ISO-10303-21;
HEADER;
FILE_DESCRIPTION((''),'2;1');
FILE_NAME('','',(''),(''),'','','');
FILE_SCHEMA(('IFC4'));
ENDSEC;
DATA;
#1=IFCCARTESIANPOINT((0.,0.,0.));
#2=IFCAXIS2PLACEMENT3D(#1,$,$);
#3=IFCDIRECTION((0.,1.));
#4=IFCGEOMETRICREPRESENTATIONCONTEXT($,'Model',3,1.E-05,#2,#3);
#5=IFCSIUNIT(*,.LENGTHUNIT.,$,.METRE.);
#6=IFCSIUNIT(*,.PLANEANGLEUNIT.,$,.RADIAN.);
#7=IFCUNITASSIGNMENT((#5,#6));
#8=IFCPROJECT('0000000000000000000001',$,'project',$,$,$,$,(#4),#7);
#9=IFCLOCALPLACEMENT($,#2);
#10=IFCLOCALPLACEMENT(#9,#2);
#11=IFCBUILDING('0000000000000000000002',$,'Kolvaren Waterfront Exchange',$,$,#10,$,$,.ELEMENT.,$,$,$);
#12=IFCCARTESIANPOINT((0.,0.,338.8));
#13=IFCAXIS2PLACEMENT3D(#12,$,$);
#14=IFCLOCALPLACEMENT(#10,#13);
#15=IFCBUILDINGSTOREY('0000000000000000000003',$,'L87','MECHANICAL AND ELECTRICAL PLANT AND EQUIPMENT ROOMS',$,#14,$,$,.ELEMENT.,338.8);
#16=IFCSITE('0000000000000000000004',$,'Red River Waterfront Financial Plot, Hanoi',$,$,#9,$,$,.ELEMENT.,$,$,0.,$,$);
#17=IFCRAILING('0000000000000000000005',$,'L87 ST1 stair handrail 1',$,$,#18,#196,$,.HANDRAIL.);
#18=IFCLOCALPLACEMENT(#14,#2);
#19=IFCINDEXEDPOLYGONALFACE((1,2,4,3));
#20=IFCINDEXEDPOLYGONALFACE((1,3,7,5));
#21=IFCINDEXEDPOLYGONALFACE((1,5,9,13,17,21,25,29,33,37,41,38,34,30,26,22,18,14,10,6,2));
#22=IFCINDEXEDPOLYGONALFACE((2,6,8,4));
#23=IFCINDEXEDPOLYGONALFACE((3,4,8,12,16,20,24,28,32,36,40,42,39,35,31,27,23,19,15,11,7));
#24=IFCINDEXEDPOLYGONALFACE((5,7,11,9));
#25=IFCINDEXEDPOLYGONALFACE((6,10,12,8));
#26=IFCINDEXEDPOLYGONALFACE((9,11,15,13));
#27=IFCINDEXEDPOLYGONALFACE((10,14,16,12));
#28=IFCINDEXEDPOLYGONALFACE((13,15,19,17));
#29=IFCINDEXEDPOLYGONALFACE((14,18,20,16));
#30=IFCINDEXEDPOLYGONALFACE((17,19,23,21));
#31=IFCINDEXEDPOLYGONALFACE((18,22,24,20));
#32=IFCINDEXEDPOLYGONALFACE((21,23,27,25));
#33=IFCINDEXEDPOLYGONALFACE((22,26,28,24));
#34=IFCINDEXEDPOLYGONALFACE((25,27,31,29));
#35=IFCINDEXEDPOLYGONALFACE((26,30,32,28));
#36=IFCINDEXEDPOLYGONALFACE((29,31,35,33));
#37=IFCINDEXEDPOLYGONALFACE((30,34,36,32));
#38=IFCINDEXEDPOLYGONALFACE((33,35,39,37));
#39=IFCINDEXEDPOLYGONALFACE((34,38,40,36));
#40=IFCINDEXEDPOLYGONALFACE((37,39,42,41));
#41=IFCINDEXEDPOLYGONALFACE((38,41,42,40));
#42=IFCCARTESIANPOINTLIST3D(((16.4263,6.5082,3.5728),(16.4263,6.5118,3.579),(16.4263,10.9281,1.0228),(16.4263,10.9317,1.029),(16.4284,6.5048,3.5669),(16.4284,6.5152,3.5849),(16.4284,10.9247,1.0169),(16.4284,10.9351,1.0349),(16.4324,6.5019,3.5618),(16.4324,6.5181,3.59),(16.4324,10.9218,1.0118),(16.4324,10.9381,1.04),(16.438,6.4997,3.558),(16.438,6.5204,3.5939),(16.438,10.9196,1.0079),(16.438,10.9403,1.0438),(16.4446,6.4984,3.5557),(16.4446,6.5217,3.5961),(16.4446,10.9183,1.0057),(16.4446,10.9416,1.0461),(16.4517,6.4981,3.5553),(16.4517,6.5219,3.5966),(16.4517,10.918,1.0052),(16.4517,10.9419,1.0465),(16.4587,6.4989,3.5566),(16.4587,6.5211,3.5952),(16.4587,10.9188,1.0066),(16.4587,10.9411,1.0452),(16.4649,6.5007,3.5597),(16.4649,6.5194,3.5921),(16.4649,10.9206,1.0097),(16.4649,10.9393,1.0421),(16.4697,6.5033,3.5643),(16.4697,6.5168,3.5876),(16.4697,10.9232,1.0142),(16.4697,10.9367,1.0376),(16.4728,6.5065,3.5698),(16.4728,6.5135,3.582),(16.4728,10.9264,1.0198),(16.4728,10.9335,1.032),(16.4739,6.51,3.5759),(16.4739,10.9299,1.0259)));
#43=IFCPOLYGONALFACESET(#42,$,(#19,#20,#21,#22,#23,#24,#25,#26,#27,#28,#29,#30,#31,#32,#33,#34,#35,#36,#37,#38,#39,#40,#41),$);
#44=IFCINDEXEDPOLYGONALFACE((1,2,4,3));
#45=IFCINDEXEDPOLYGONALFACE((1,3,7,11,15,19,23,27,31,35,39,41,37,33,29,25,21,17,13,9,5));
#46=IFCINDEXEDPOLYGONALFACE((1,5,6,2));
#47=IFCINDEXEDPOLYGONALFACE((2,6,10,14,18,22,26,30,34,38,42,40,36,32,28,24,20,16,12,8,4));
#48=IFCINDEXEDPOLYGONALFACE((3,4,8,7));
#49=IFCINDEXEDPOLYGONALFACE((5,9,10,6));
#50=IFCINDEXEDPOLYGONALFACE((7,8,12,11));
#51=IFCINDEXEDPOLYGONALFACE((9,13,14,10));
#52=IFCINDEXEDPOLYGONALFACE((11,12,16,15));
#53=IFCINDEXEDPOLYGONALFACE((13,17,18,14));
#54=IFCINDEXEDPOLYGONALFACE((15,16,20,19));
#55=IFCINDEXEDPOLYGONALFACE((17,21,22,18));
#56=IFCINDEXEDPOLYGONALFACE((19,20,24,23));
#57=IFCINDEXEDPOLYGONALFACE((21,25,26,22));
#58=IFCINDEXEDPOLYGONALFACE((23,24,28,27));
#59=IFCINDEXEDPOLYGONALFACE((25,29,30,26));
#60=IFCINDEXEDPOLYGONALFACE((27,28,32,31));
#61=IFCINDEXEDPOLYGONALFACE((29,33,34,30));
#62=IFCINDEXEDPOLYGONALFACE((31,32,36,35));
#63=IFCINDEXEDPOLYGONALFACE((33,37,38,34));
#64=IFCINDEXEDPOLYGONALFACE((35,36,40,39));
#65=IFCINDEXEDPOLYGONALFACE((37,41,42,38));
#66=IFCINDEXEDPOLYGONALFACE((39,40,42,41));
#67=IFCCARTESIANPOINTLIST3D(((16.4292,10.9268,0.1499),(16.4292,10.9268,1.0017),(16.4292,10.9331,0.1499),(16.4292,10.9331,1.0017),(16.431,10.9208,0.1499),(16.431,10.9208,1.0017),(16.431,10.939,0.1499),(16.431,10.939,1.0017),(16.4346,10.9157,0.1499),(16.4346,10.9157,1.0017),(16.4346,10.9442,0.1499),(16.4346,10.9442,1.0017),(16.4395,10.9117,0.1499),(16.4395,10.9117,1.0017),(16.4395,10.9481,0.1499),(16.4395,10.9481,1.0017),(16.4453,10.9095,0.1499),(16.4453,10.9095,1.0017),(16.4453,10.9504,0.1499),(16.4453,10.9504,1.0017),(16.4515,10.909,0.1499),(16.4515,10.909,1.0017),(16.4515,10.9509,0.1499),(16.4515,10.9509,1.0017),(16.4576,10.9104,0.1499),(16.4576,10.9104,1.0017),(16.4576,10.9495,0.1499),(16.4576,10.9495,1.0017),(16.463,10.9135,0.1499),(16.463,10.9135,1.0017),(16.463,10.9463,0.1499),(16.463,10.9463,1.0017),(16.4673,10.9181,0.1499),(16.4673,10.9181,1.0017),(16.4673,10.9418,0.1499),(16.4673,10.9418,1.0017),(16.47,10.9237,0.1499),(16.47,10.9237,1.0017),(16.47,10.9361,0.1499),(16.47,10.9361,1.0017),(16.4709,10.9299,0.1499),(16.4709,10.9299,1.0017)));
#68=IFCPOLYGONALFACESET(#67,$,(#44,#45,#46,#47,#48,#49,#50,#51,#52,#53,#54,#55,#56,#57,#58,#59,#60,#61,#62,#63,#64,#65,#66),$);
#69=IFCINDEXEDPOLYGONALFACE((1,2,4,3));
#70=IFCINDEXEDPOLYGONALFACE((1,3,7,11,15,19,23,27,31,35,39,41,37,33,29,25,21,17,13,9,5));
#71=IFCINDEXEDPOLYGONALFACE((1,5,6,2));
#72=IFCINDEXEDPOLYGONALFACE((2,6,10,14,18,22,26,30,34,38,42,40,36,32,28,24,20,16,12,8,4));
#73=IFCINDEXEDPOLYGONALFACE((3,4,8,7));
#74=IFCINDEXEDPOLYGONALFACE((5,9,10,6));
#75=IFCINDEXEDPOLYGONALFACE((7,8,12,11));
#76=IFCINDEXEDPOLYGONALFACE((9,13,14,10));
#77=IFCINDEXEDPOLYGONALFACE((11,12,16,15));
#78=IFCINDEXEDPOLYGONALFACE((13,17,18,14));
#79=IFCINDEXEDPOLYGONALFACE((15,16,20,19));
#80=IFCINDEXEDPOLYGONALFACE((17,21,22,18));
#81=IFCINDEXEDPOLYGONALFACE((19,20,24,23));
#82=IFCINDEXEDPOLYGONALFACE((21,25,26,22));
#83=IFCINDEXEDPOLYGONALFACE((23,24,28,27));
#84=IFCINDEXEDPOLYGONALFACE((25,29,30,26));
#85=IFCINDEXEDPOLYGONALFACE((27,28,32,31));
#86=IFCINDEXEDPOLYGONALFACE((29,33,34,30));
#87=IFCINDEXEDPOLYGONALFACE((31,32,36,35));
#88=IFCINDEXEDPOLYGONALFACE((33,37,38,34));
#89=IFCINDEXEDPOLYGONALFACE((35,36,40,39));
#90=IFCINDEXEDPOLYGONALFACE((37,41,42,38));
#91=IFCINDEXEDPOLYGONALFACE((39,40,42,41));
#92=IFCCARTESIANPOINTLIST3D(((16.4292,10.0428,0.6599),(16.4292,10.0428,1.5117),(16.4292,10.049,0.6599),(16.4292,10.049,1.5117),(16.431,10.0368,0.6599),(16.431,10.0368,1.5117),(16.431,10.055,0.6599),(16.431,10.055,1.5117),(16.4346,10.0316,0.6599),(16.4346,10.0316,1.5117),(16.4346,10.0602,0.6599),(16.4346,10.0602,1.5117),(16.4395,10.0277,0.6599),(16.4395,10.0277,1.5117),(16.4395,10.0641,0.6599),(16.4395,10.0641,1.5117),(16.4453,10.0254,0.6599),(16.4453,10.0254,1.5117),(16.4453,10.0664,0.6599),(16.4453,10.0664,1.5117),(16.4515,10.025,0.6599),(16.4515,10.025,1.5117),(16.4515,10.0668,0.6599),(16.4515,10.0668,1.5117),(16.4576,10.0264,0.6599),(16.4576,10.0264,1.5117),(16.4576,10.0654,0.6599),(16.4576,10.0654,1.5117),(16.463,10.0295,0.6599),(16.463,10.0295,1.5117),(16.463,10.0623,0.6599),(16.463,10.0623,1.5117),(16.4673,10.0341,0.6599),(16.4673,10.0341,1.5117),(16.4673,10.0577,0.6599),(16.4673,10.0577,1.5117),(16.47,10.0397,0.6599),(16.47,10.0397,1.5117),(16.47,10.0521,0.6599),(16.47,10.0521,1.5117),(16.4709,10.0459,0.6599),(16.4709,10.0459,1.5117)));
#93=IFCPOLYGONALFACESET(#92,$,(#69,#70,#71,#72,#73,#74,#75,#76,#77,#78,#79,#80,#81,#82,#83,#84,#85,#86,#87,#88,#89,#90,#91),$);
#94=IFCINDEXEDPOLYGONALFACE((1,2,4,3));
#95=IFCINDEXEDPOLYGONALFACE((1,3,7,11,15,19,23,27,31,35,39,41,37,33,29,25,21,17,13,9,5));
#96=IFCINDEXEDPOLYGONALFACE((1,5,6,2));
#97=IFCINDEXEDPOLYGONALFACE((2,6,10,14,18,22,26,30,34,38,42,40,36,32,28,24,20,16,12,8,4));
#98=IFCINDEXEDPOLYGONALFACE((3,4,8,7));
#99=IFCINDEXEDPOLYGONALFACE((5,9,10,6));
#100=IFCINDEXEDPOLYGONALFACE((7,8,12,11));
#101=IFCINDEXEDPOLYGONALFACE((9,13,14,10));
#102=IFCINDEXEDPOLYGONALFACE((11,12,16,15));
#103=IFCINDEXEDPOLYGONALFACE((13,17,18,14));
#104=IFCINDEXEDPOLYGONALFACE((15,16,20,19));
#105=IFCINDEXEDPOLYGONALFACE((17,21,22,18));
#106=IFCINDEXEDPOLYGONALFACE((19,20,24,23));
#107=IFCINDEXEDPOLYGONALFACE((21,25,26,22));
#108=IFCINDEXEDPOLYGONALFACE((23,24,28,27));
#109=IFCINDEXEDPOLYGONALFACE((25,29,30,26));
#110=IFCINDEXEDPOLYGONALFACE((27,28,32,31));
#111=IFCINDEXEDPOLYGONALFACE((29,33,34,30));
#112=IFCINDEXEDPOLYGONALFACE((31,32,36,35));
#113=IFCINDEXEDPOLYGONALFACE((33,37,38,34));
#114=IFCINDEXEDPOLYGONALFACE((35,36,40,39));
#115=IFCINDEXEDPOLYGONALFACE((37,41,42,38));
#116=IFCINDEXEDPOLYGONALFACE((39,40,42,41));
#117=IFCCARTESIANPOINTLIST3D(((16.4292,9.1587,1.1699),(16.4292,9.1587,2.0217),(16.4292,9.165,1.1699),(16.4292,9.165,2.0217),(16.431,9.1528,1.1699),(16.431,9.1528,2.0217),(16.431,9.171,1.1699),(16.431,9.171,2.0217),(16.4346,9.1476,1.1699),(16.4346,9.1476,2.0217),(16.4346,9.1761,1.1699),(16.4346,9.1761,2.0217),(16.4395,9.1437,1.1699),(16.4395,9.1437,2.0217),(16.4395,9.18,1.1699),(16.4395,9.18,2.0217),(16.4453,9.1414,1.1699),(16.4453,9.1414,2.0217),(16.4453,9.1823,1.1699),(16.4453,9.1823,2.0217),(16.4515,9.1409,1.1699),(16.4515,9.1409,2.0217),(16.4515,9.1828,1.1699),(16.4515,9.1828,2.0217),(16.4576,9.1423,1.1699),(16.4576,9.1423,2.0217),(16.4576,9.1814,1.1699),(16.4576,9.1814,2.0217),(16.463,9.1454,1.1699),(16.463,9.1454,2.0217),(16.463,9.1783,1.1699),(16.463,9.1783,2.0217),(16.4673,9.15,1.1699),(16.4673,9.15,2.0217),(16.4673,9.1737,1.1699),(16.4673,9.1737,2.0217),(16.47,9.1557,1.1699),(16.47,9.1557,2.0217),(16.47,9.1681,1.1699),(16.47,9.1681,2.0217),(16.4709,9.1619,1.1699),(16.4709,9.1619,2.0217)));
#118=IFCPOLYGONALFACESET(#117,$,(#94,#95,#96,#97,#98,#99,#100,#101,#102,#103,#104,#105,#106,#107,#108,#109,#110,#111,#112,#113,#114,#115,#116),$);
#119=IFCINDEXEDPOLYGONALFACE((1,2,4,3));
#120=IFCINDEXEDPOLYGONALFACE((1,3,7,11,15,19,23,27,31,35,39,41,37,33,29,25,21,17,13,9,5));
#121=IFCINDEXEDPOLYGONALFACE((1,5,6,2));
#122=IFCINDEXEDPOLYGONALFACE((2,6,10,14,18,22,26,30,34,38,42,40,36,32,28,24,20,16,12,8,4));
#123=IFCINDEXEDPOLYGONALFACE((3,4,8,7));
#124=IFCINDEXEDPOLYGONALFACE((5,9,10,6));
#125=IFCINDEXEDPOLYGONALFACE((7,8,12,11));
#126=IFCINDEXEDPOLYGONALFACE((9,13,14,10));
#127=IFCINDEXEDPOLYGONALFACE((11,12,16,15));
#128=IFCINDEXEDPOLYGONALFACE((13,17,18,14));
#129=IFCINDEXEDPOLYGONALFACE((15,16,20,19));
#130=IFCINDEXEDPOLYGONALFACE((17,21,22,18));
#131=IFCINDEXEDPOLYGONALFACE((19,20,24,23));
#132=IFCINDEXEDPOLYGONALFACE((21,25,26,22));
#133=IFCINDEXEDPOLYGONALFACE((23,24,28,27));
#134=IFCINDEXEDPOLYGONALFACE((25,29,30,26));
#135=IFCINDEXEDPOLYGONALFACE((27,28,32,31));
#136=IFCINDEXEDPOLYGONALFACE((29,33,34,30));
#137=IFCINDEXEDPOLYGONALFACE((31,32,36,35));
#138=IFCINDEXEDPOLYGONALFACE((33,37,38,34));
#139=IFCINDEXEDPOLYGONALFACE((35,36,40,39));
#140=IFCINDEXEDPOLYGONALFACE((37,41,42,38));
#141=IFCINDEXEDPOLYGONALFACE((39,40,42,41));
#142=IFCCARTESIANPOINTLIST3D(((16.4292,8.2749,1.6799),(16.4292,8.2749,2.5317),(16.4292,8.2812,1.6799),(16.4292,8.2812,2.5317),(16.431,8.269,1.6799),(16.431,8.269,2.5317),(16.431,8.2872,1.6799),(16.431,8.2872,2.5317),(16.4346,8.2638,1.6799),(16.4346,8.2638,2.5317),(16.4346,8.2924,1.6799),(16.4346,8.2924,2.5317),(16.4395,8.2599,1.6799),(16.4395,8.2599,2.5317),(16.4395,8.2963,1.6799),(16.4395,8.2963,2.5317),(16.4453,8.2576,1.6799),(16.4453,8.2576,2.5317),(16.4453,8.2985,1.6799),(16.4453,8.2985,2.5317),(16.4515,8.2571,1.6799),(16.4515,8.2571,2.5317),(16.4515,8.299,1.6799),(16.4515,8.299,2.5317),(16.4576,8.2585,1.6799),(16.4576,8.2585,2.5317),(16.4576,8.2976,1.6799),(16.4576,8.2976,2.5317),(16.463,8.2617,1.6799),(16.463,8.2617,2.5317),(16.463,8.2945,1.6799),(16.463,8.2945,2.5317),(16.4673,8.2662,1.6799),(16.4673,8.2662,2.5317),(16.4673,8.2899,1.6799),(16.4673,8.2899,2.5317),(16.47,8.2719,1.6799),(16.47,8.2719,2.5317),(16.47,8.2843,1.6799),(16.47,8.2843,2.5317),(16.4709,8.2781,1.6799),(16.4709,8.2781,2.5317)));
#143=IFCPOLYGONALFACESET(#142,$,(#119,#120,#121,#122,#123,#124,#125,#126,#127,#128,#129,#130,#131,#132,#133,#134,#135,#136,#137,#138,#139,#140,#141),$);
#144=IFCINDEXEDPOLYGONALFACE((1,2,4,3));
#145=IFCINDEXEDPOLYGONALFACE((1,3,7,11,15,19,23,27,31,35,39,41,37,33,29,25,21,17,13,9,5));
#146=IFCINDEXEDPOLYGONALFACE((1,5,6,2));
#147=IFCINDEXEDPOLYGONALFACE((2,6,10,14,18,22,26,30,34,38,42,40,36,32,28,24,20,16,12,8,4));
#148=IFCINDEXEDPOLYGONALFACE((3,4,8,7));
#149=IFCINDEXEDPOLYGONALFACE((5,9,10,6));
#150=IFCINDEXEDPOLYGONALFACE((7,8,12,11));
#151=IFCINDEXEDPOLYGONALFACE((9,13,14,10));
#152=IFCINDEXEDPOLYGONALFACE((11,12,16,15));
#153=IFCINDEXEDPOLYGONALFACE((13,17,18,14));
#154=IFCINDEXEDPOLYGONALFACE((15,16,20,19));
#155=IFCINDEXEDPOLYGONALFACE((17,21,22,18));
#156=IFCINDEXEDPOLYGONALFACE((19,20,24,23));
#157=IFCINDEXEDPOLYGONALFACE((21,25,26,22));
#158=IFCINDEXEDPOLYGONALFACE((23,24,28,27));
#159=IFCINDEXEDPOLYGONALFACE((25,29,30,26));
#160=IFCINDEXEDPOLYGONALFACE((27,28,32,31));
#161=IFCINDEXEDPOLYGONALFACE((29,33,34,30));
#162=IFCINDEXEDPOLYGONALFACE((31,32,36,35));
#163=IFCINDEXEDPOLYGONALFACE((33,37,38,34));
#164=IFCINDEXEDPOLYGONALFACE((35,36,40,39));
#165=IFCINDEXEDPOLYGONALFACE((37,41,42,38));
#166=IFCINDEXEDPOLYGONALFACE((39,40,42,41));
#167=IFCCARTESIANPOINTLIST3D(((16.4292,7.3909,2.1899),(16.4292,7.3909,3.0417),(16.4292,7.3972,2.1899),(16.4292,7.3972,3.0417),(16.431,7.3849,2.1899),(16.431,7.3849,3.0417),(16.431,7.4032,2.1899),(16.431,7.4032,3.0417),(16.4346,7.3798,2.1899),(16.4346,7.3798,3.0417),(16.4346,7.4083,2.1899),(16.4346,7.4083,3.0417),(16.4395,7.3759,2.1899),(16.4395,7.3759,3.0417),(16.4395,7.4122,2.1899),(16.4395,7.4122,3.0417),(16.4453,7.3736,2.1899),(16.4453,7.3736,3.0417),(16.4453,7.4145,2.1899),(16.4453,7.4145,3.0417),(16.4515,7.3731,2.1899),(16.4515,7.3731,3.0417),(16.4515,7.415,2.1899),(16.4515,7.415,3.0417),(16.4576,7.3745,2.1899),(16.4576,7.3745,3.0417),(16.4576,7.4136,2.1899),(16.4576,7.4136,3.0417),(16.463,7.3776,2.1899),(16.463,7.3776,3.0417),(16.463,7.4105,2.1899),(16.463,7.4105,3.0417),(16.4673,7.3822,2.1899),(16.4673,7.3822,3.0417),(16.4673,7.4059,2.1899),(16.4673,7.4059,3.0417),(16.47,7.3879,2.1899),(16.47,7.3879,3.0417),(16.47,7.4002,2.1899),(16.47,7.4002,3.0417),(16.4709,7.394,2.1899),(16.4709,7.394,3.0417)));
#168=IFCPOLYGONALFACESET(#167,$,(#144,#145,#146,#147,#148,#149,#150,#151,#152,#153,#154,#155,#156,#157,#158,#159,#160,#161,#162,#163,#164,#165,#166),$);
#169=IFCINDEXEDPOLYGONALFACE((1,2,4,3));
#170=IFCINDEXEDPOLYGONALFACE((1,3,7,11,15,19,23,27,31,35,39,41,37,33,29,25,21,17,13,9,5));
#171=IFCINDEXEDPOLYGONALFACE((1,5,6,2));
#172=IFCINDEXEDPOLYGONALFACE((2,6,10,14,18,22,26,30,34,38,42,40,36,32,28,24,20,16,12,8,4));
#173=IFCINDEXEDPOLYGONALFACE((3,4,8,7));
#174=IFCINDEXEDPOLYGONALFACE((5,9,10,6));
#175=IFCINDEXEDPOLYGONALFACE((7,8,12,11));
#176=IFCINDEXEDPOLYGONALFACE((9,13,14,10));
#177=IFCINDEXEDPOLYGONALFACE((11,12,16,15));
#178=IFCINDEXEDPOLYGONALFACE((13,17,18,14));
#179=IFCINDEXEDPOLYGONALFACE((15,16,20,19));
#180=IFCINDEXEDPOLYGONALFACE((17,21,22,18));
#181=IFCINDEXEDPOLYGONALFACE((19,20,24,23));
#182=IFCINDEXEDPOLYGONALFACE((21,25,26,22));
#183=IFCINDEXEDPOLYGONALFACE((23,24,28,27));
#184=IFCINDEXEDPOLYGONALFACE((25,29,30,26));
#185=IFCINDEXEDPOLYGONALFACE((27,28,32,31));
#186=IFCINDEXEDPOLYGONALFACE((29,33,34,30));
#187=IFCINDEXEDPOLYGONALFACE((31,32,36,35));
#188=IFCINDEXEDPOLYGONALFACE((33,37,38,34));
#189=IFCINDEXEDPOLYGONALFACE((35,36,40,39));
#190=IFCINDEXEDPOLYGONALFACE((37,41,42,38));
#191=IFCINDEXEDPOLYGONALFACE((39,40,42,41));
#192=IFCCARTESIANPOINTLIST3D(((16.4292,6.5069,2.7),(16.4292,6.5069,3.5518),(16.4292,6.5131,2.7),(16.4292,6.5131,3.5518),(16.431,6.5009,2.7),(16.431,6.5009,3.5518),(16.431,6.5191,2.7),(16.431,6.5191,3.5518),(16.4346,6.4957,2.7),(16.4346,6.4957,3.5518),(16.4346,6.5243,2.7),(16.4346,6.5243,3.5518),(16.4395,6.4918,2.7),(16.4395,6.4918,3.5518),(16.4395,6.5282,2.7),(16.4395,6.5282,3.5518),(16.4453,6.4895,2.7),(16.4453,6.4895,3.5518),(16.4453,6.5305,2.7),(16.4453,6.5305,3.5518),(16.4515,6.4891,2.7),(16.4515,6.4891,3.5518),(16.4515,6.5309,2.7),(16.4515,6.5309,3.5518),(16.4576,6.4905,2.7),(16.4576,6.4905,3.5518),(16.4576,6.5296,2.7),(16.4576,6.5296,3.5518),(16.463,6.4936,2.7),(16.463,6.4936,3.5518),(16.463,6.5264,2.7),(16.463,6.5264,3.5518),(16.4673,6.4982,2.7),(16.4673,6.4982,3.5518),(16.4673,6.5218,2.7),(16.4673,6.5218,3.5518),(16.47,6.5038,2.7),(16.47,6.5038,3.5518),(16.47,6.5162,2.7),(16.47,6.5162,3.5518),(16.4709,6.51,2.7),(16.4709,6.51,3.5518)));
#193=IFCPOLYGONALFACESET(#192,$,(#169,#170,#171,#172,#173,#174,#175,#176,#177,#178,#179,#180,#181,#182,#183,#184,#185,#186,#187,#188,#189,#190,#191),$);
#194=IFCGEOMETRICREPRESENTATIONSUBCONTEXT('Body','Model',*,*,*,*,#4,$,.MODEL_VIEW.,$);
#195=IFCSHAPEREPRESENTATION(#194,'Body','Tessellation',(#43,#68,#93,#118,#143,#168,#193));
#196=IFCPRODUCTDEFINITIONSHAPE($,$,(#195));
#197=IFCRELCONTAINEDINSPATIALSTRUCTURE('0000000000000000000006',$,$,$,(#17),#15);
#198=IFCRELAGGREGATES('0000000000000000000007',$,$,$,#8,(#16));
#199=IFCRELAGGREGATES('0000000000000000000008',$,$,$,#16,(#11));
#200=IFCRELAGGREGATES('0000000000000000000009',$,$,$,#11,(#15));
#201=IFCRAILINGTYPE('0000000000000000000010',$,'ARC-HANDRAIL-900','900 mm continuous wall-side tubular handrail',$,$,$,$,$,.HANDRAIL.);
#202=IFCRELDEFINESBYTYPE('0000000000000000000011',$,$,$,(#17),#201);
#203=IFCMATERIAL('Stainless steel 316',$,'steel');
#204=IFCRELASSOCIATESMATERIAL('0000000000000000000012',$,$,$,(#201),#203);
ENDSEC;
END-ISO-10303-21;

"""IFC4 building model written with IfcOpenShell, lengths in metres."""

from ifc_helpers import new_model, si_unit, direction, frame, origin, origin_2d, place, context, subcontext, project, spatial, circle, extrude, material, type_object, element, save


model = new_model("IFC4")

# Units and contexts
model_context = context("Model", 3, precision=1e-05, world=origin(), true_north=direction((0.0, 1.0)))
body_context = subcontext(model_context, "Body", "Model", "MODEL_VIEW")
ifc_project = project(units=[si_unit("LENGTHUNIT", "METRE"), si_unit("PLANEANGLEUNIT", "RADIAN")], contexts=[model_context])

# Site, building, storey
site_placement = place(None, origin())
site = spatial("IfcSite", under=ifc_project, at=site_placement, Name="Red River Waterfront Financial Plot, Hanoi", CompositionType="ELEMENT", RefElevation=0.0)
building_placement = place(site_placement, origin())
building = spatial("IfcBuilding", under=site, at=building_placement, Name="Kolvaren Waterfront Exchange", CompositionType="ELEMENT")
storey_placement = place(building_placement, frame((0.0, 0.0, 338.8)))
storey = spatial("IfcBuildingStorey", under=building, at=storey_placement, Name="L87", Description="MECHANICAL AND ELECTRICAL PLANT AND EQUIPMENT ROOMS", CompositionType="ELEMENT", Elevation=338.8)

# Railing
ifc_material_1 = material(Name="Stainless steel 316", Category="steel")
railing_type_1 = type_object("IfcRailingType", Name="ARC-HANDRAIL-900", Description="900 mm continuous wall-side tubular handrail", PredefinedType="HANDRAIL", material=ifc_material_1)
railing_1_placement = place(storey_placement, frame((16.45, 10.9299, 0.1499)))
element("IfcRailing", 1, at=railing_1_placement, inside=storey, type_object=railing_type_1, Name="L87 ST1 stair handrail 1", PredefinedType="HANDRAIL", context=body_context, shape_type="SweptSolid", body=[
    extrude(circle(Radius=0.0239, at=origin_2d()), frame((0.0, 0.0, 0.876), z_axis=(0.0, -0.866178, 0.499736), x_axis=(1.0, 0.0, 0.0)), (0.0, 0.0, 1.0), 5.1028),
    extrude(circle(Radius=0.021, at=origin_2d()), origin(), (0.0, 0.0, 1.0), 0.8518),
    extrude(circle(Radius=0.021, at=origin_2d()), frame((0.0, -0.884, 0.51)), (0.0, 0.0, 1.0), 0.8518),
    extrude(circle(Radius=0.021, at=origin_2d()), frame((0.0, -1.7681, 1.02)), (0.0, 0.0, 1.0), 0.8518),
    extrude(circle(Radius=0.021, at=origin_2d()), frame((0.0, -2.6519, 1.53)), (0.0, 0.0, 1.0), 0.8518),
    extrude(circle(Radius=0.021, at=origin_2d()), frame((0.0, -3.5359, 2.04)), (0.0, 0.0, 1.0), 0.8518),
    extrude(circle(Radius=0.021, at=origin_2d()), frame((0.0, -4.4199, 2.55)), (0.0, 0.0, 1.0), 0.8518),
])

save(model, "model.ifc")
